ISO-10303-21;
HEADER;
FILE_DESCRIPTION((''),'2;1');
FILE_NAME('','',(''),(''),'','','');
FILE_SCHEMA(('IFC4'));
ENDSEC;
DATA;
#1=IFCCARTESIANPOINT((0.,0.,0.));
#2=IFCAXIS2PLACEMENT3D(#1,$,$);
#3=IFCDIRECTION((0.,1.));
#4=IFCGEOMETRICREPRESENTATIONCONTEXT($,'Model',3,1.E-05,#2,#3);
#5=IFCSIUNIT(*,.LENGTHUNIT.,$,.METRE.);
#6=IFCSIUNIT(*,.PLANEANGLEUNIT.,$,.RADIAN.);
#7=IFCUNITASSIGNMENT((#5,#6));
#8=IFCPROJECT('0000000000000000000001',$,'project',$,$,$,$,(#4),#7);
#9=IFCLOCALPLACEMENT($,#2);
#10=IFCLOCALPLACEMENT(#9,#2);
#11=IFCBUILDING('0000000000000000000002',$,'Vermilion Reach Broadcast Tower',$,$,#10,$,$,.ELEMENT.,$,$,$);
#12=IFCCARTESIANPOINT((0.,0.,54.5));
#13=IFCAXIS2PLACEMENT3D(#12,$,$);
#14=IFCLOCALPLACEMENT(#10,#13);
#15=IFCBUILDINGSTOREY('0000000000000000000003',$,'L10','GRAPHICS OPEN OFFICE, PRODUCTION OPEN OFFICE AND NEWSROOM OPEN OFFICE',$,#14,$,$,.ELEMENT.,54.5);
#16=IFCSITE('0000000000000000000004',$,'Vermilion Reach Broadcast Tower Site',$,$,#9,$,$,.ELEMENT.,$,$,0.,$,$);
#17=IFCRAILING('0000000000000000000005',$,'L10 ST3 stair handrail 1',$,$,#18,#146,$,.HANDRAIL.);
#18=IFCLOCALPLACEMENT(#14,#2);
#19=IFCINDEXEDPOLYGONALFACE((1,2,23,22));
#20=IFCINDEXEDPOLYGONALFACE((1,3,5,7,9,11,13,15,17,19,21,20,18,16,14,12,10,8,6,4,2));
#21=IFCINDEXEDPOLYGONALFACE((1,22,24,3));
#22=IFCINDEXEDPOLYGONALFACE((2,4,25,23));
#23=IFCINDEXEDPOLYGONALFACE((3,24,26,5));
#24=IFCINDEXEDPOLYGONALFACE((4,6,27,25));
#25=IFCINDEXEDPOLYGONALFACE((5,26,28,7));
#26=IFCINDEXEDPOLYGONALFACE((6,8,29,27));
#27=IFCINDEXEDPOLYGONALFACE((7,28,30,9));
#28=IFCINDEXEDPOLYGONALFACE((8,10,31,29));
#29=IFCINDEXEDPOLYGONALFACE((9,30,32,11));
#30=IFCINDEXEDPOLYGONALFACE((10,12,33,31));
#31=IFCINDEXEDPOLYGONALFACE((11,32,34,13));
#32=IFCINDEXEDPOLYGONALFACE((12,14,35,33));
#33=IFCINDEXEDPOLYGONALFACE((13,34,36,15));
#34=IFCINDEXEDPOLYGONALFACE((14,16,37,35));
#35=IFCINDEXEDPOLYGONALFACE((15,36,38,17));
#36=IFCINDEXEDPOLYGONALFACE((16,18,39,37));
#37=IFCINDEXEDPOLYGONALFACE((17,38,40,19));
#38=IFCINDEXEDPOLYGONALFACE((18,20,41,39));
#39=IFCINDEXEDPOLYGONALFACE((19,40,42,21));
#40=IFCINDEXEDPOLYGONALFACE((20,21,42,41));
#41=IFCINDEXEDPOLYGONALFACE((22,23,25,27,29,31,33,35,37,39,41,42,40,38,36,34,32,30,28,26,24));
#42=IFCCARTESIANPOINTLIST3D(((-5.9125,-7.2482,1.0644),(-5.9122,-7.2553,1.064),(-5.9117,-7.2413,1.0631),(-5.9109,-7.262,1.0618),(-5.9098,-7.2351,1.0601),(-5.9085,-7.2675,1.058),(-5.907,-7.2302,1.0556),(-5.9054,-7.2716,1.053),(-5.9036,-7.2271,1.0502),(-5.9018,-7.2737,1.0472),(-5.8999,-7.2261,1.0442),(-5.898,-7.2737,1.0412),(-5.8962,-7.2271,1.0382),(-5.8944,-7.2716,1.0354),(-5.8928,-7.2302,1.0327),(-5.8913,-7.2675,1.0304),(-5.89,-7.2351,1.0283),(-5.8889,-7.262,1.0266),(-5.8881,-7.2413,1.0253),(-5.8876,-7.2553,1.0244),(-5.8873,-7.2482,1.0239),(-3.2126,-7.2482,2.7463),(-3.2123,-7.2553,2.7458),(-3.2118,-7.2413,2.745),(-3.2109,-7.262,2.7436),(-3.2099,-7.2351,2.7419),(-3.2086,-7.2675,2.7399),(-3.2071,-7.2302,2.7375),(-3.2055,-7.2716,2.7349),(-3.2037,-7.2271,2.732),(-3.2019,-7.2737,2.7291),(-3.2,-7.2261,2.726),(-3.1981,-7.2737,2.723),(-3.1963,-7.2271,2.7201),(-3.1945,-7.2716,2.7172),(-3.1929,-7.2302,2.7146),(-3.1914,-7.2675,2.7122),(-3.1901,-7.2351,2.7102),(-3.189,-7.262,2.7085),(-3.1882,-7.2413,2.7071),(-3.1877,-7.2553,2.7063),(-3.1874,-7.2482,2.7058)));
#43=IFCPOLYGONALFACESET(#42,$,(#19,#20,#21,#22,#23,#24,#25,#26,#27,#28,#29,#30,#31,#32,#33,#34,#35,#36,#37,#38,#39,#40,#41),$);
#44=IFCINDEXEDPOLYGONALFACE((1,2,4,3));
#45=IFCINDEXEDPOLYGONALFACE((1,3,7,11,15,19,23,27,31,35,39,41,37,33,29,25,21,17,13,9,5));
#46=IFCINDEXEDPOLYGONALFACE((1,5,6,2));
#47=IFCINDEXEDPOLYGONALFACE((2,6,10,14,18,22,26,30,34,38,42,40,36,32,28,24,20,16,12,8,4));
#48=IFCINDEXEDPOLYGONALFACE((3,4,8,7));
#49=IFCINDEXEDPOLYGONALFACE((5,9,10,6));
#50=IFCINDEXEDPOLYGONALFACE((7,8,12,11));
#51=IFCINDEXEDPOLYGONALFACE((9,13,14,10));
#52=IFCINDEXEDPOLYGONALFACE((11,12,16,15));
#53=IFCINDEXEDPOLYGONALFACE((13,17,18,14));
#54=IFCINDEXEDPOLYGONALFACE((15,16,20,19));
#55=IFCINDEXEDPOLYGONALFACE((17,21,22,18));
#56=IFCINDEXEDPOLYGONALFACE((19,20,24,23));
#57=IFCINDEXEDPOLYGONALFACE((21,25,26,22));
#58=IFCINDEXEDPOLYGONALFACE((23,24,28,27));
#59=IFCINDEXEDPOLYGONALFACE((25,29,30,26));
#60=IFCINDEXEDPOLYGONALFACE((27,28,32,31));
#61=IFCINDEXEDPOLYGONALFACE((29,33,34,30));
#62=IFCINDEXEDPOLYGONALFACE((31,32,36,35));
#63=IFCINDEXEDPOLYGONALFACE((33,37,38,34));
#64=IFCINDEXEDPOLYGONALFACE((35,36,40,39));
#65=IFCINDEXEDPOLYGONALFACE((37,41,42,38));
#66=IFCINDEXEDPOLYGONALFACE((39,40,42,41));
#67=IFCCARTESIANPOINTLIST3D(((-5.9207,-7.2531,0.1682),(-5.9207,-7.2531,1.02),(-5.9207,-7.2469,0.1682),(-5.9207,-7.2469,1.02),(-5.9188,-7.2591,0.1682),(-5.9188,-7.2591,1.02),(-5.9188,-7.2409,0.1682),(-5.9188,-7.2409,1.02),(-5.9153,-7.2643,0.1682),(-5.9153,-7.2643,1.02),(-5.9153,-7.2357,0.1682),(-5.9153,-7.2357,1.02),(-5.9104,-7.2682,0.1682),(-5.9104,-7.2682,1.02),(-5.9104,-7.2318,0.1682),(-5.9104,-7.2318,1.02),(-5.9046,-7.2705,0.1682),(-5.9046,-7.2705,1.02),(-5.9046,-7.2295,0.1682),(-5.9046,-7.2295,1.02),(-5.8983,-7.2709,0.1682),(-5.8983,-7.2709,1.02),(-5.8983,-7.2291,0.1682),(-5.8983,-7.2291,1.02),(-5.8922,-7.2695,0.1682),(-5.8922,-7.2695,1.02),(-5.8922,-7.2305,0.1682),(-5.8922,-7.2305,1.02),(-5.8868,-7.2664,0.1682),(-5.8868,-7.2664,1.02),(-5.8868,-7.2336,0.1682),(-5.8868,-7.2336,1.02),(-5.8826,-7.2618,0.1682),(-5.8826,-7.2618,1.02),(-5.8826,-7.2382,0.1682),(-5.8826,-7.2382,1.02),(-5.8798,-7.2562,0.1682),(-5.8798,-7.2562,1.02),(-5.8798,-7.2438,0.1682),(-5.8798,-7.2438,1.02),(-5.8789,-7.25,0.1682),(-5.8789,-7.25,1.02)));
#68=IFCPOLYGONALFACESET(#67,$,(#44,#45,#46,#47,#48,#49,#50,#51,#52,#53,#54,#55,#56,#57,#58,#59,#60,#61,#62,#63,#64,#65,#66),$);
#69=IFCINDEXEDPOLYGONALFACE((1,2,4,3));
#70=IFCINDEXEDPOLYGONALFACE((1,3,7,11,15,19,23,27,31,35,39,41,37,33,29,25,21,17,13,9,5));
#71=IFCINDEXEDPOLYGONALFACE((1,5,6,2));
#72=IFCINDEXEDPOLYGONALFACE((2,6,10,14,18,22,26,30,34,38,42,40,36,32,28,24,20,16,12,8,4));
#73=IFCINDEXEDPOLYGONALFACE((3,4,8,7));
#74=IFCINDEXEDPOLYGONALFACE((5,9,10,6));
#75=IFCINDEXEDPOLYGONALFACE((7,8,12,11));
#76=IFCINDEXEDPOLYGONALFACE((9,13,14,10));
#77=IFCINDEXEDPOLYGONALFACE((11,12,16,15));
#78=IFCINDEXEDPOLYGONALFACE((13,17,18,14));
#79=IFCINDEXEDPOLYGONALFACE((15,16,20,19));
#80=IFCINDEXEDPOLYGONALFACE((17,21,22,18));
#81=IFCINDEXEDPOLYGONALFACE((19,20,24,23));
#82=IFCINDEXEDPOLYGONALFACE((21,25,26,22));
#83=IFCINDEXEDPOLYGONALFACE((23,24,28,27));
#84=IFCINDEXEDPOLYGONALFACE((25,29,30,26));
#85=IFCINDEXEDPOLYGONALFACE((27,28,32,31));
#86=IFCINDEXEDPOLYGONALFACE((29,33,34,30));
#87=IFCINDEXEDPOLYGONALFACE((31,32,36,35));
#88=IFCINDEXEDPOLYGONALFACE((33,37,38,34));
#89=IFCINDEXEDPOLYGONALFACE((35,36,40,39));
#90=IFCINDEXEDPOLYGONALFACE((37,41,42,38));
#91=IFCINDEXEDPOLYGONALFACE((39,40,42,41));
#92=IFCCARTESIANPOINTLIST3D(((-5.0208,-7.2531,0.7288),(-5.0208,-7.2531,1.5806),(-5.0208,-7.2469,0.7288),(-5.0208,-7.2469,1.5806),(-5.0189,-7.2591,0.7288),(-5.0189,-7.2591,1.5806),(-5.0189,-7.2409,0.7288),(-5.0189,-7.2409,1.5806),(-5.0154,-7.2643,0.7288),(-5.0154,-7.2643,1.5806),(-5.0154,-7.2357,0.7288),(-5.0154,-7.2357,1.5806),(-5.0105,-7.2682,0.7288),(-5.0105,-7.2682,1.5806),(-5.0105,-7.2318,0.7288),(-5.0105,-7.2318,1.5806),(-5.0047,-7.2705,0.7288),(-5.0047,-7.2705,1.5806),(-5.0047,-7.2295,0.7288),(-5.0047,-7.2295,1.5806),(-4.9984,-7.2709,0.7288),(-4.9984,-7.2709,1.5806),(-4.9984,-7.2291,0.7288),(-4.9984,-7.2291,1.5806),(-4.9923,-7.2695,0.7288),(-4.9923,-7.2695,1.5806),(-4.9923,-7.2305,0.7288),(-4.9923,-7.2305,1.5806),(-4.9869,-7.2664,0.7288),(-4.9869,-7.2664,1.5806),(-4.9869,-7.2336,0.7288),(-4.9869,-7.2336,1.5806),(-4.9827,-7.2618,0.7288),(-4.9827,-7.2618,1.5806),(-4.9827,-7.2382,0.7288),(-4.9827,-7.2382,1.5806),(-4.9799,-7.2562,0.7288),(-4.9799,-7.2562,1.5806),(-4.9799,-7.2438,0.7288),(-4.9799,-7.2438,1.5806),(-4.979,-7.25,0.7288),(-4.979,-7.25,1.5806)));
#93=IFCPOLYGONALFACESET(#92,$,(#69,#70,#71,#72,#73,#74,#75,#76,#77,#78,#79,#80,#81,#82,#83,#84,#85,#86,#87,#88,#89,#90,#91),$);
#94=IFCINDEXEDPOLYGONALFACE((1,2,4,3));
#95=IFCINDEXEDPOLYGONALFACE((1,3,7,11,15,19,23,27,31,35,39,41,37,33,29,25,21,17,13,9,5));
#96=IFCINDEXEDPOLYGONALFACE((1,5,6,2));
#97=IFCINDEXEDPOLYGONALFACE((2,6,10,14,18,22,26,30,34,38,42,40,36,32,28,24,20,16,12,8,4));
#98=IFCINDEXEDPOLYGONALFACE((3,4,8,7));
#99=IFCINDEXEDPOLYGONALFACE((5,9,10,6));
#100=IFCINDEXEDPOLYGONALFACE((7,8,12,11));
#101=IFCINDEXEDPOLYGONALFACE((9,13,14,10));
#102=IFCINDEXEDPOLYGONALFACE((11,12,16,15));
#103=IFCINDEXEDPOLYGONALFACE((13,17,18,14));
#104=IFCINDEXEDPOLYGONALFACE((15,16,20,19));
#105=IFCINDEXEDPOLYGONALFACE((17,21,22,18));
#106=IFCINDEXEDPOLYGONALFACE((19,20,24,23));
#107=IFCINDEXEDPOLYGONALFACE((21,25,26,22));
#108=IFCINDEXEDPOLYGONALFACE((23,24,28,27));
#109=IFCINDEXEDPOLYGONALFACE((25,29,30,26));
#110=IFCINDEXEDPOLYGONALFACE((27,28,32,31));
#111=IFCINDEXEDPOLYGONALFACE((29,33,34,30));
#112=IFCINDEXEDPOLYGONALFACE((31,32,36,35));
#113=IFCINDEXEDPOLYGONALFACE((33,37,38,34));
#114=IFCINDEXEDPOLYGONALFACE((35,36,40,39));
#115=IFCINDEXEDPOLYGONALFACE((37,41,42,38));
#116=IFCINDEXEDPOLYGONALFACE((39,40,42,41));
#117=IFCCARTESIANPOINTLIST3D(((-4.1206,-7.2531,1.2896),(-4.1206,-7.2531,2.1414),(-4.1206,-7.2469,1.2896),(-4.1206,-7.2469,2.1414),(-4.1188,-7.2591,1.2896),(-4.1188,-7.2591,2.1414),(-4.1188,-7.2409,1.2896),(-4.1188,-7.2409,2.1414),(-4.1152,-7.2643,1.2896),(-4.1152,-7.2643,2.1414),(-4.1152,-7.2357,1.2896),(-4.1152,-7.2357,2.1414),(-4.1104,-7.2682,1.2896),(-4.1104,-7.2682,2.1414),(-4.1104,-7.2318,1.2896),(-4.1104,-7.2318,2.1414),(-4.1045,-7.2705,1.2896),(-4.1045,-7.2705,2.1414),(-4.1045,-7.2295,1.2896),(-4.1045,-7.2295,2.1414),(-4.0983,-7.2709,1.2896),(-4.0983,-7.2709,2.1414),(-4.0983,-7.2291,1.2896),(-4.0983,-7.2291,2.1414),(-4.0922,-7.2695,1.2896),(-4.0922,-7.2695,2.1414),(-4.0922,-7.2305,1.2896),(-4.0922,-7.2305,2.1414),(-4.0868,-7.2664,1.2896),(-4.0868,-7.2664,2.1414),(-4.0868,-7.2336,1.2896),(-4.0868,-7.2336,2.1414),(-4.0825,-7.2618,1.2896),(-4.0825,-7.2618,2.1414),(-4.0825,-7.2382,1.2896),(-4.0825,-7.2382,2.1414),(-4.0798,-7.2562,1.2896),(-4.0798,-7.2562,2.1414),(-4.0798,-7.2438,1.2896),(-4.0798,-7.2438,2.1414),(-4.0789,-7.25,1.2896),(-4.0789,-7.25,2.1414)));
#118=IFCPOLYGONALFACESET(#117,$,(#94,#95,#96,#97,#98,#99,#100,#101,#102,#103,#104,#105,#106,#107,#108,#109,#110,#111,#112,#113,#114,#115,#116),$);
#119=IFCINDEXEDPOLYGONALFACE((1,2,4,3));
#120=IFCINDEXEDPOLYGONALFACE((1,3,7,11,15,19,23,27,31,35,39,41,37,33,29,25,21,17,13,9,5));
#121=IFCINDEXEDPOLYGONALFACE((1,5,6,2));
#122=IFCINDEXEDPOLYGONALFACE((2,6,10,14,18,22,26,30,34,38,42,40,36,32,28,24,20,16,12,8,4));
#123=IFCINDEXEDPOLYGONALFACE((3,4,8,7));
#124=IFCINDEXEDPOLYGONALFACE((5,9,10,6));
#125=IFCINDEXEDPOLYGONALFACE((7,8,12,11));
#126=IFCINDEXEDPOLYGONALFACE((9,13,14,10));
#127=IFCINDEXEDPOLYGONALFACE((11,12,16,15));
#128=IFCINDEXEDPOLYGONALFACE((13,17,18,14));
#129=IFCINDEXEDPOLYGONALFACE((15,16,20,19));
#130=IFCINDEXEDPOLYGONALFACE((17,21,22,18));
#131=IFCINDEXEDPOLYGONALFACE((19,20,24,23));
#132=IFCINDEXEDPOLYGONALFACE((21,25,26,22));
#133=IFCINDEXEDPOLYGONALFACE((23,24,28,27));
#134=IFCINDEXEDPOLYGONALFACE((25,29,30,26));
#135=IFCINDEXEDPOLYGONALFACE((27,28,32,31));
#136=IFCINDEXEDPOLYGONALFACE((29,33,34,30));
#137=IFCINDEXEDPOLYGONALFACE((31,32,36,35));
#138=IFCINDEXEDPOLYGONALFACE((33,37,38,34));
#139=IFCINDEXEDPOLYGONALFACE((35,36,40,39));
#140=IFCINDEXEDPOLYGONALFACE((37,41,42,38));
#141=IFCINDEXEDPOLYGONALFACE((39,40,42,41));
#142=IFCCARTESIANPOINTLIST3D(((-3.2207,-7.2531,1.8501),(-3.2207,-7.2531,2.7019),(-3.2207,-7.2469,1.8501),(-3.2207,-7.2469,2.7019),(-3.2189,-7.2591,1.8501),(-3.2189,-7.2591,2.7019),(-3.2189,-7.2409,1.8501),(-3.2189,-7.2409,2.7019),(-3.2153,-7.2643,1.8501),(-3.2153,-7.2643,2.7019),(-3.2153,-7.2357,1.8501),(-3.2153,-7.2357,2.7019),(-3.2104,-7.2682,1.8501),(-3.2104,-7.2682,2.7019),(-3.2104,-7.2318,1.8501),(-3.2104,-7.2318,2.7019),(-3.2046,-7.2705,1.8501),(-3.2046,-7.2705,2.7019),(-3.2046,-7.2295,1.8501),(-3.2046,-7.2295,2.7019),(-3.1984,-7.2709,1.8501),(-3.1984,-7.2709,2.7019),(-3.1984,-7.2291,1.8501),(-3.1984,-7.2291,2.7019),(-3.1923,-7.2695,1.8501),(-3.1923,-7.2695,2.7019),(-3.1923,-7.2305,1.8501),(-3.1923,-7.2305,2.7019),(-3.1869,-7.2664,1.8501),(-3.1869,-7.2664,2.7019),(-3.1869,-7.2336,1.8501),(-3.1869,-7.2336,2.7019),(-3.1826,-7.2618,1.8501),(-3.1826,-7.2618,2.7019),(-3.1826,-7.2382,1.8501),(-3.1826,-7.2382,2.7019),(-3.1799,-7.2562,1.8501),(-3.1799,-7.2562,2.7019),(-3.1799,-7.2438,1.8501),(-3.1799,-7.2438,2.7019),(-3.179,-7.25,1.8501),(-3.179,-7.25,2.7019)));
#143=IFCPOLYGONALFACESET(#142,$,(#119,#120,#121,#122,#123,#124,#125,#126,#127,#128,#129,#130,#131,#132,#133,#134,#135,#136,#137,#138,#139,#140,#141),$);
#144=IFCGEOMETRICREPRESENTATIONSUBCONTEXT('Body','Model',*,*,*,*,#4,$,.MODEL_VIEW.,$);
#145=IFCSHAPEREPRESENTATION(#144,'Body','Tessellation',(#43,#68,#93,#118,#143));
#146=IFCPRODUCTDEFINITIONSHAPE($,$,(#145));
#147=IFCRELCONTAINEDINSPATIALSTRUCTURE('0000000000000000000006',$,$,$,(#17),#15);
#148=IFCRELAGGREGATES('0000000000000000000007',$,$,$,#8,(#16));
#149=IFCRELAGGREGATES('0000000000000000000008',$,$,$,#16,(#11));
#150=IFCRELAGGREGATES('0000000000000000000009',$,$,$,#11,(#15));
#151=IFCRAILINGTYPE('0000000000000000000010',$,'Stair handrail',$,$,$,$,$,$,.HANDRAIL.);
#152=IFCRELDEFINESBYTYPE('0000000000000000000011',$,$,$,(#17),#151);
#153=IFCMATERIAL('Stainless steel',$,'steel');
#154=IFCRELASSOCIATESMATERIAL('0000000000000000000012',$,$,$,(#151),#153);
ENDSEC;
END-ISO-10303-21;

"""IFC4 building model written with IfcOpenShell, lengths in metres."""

from ifc_helpers import new_model, si_unit, direction, frame, origin, origin_2d, place, context, subcontext, project, spatial, circle, extrude, material, type_object, element, save


model = new_model("IFC4")

# Units and contexts
model_context = context("Model", 3, precision=1e-05, world=origin(), true_north=direction((0.0, 1.0)))
body_context = subcontext(model_context, "Body", "Model", "MODEL_VIEW")
ifc_project = project(units=[si_unit("LENGTHUNIT", "METRE"), si_unit("PLANEANGLEUNIT", "RADIAN")], contexts=[model_context])

# Site, building, storey
site_placement = place(None, origin())
site = spatial("IfcSite", under=ifc_project, at=site_placement, Name="Vermilion Reach Broadcast Tower Site", CompositionType="ELEMENT", RefElevation=0.0)
building_placement = place(site_placement, origin())
building = spatial("IfcBuilding", under=site, at=building_placement, Name="Vermilion Reach Broadcast Tower", CompositionType="ELEMENT")
storey_placement = place(building_placement, frame((0.0, 0.0, 54.5)))
storey = spatial("IfcBuildingStorey", under=building, at=storey_placement, Name="L10", Description="GRAPHICS OPEN OFFICE, PRODUCTION OPEN OFFICE AND NEWSROOM OPEN OFFICE", CompositionType="ELEMENT", Elevation=54.5)

# Railing
ifc_material_1 = material(Name="Stainless steel", Category="steel")
railing_type_1 = type_object("IfcRailingType", Name="Stair handrail", PredefinedType="HANDRAIL", material=ifc_material_1)
railing_1_placement = place(storey_placement, frame((-5.8999, -7.25, 0.1682)))
element("IfcRailing", 1, at=railing_1_placement, inside=storey, type_object=railing_type_1, Name="L10 ST3 stair handrail 1", PredefinedType="HANDRAIL", context=body_context, shape_type="SweptSolid", body=[
    extrude(circle(Radius=0.0239, at=origin_2d()), frame((0.0, 0.0, 0.876), z_axis=(0.848786, 0.0, 0.528736), x_axis=(0.0, 1.0, 0.0)), (0.0, 0.0, 1.0), 3.1809),
    extrude(circle(Radius=0.021, at=origin_2d()), origin(), (0.0, 0.0, 1.0), 0.8518),
    extrude(circle(Radius=0.021, at=origin_2d()), frame((0.8999, 0.0, 0.5605)), (0.0, 0.0, 1.0), 0.8518),
    extrude(circle(Radius=0.021, at=origin_2d()), frame((1.8, 0.0, 1.1213)), (0.0, 0.0, 1.0), 0.8518),
    extrude(circle(Radius=0.021, at=origin_2d()), frame((2.7, 0.0, 1.6819)), (0.0, 0.0, 1.0), 0.8518),
])

save(model, "model.ifc")
